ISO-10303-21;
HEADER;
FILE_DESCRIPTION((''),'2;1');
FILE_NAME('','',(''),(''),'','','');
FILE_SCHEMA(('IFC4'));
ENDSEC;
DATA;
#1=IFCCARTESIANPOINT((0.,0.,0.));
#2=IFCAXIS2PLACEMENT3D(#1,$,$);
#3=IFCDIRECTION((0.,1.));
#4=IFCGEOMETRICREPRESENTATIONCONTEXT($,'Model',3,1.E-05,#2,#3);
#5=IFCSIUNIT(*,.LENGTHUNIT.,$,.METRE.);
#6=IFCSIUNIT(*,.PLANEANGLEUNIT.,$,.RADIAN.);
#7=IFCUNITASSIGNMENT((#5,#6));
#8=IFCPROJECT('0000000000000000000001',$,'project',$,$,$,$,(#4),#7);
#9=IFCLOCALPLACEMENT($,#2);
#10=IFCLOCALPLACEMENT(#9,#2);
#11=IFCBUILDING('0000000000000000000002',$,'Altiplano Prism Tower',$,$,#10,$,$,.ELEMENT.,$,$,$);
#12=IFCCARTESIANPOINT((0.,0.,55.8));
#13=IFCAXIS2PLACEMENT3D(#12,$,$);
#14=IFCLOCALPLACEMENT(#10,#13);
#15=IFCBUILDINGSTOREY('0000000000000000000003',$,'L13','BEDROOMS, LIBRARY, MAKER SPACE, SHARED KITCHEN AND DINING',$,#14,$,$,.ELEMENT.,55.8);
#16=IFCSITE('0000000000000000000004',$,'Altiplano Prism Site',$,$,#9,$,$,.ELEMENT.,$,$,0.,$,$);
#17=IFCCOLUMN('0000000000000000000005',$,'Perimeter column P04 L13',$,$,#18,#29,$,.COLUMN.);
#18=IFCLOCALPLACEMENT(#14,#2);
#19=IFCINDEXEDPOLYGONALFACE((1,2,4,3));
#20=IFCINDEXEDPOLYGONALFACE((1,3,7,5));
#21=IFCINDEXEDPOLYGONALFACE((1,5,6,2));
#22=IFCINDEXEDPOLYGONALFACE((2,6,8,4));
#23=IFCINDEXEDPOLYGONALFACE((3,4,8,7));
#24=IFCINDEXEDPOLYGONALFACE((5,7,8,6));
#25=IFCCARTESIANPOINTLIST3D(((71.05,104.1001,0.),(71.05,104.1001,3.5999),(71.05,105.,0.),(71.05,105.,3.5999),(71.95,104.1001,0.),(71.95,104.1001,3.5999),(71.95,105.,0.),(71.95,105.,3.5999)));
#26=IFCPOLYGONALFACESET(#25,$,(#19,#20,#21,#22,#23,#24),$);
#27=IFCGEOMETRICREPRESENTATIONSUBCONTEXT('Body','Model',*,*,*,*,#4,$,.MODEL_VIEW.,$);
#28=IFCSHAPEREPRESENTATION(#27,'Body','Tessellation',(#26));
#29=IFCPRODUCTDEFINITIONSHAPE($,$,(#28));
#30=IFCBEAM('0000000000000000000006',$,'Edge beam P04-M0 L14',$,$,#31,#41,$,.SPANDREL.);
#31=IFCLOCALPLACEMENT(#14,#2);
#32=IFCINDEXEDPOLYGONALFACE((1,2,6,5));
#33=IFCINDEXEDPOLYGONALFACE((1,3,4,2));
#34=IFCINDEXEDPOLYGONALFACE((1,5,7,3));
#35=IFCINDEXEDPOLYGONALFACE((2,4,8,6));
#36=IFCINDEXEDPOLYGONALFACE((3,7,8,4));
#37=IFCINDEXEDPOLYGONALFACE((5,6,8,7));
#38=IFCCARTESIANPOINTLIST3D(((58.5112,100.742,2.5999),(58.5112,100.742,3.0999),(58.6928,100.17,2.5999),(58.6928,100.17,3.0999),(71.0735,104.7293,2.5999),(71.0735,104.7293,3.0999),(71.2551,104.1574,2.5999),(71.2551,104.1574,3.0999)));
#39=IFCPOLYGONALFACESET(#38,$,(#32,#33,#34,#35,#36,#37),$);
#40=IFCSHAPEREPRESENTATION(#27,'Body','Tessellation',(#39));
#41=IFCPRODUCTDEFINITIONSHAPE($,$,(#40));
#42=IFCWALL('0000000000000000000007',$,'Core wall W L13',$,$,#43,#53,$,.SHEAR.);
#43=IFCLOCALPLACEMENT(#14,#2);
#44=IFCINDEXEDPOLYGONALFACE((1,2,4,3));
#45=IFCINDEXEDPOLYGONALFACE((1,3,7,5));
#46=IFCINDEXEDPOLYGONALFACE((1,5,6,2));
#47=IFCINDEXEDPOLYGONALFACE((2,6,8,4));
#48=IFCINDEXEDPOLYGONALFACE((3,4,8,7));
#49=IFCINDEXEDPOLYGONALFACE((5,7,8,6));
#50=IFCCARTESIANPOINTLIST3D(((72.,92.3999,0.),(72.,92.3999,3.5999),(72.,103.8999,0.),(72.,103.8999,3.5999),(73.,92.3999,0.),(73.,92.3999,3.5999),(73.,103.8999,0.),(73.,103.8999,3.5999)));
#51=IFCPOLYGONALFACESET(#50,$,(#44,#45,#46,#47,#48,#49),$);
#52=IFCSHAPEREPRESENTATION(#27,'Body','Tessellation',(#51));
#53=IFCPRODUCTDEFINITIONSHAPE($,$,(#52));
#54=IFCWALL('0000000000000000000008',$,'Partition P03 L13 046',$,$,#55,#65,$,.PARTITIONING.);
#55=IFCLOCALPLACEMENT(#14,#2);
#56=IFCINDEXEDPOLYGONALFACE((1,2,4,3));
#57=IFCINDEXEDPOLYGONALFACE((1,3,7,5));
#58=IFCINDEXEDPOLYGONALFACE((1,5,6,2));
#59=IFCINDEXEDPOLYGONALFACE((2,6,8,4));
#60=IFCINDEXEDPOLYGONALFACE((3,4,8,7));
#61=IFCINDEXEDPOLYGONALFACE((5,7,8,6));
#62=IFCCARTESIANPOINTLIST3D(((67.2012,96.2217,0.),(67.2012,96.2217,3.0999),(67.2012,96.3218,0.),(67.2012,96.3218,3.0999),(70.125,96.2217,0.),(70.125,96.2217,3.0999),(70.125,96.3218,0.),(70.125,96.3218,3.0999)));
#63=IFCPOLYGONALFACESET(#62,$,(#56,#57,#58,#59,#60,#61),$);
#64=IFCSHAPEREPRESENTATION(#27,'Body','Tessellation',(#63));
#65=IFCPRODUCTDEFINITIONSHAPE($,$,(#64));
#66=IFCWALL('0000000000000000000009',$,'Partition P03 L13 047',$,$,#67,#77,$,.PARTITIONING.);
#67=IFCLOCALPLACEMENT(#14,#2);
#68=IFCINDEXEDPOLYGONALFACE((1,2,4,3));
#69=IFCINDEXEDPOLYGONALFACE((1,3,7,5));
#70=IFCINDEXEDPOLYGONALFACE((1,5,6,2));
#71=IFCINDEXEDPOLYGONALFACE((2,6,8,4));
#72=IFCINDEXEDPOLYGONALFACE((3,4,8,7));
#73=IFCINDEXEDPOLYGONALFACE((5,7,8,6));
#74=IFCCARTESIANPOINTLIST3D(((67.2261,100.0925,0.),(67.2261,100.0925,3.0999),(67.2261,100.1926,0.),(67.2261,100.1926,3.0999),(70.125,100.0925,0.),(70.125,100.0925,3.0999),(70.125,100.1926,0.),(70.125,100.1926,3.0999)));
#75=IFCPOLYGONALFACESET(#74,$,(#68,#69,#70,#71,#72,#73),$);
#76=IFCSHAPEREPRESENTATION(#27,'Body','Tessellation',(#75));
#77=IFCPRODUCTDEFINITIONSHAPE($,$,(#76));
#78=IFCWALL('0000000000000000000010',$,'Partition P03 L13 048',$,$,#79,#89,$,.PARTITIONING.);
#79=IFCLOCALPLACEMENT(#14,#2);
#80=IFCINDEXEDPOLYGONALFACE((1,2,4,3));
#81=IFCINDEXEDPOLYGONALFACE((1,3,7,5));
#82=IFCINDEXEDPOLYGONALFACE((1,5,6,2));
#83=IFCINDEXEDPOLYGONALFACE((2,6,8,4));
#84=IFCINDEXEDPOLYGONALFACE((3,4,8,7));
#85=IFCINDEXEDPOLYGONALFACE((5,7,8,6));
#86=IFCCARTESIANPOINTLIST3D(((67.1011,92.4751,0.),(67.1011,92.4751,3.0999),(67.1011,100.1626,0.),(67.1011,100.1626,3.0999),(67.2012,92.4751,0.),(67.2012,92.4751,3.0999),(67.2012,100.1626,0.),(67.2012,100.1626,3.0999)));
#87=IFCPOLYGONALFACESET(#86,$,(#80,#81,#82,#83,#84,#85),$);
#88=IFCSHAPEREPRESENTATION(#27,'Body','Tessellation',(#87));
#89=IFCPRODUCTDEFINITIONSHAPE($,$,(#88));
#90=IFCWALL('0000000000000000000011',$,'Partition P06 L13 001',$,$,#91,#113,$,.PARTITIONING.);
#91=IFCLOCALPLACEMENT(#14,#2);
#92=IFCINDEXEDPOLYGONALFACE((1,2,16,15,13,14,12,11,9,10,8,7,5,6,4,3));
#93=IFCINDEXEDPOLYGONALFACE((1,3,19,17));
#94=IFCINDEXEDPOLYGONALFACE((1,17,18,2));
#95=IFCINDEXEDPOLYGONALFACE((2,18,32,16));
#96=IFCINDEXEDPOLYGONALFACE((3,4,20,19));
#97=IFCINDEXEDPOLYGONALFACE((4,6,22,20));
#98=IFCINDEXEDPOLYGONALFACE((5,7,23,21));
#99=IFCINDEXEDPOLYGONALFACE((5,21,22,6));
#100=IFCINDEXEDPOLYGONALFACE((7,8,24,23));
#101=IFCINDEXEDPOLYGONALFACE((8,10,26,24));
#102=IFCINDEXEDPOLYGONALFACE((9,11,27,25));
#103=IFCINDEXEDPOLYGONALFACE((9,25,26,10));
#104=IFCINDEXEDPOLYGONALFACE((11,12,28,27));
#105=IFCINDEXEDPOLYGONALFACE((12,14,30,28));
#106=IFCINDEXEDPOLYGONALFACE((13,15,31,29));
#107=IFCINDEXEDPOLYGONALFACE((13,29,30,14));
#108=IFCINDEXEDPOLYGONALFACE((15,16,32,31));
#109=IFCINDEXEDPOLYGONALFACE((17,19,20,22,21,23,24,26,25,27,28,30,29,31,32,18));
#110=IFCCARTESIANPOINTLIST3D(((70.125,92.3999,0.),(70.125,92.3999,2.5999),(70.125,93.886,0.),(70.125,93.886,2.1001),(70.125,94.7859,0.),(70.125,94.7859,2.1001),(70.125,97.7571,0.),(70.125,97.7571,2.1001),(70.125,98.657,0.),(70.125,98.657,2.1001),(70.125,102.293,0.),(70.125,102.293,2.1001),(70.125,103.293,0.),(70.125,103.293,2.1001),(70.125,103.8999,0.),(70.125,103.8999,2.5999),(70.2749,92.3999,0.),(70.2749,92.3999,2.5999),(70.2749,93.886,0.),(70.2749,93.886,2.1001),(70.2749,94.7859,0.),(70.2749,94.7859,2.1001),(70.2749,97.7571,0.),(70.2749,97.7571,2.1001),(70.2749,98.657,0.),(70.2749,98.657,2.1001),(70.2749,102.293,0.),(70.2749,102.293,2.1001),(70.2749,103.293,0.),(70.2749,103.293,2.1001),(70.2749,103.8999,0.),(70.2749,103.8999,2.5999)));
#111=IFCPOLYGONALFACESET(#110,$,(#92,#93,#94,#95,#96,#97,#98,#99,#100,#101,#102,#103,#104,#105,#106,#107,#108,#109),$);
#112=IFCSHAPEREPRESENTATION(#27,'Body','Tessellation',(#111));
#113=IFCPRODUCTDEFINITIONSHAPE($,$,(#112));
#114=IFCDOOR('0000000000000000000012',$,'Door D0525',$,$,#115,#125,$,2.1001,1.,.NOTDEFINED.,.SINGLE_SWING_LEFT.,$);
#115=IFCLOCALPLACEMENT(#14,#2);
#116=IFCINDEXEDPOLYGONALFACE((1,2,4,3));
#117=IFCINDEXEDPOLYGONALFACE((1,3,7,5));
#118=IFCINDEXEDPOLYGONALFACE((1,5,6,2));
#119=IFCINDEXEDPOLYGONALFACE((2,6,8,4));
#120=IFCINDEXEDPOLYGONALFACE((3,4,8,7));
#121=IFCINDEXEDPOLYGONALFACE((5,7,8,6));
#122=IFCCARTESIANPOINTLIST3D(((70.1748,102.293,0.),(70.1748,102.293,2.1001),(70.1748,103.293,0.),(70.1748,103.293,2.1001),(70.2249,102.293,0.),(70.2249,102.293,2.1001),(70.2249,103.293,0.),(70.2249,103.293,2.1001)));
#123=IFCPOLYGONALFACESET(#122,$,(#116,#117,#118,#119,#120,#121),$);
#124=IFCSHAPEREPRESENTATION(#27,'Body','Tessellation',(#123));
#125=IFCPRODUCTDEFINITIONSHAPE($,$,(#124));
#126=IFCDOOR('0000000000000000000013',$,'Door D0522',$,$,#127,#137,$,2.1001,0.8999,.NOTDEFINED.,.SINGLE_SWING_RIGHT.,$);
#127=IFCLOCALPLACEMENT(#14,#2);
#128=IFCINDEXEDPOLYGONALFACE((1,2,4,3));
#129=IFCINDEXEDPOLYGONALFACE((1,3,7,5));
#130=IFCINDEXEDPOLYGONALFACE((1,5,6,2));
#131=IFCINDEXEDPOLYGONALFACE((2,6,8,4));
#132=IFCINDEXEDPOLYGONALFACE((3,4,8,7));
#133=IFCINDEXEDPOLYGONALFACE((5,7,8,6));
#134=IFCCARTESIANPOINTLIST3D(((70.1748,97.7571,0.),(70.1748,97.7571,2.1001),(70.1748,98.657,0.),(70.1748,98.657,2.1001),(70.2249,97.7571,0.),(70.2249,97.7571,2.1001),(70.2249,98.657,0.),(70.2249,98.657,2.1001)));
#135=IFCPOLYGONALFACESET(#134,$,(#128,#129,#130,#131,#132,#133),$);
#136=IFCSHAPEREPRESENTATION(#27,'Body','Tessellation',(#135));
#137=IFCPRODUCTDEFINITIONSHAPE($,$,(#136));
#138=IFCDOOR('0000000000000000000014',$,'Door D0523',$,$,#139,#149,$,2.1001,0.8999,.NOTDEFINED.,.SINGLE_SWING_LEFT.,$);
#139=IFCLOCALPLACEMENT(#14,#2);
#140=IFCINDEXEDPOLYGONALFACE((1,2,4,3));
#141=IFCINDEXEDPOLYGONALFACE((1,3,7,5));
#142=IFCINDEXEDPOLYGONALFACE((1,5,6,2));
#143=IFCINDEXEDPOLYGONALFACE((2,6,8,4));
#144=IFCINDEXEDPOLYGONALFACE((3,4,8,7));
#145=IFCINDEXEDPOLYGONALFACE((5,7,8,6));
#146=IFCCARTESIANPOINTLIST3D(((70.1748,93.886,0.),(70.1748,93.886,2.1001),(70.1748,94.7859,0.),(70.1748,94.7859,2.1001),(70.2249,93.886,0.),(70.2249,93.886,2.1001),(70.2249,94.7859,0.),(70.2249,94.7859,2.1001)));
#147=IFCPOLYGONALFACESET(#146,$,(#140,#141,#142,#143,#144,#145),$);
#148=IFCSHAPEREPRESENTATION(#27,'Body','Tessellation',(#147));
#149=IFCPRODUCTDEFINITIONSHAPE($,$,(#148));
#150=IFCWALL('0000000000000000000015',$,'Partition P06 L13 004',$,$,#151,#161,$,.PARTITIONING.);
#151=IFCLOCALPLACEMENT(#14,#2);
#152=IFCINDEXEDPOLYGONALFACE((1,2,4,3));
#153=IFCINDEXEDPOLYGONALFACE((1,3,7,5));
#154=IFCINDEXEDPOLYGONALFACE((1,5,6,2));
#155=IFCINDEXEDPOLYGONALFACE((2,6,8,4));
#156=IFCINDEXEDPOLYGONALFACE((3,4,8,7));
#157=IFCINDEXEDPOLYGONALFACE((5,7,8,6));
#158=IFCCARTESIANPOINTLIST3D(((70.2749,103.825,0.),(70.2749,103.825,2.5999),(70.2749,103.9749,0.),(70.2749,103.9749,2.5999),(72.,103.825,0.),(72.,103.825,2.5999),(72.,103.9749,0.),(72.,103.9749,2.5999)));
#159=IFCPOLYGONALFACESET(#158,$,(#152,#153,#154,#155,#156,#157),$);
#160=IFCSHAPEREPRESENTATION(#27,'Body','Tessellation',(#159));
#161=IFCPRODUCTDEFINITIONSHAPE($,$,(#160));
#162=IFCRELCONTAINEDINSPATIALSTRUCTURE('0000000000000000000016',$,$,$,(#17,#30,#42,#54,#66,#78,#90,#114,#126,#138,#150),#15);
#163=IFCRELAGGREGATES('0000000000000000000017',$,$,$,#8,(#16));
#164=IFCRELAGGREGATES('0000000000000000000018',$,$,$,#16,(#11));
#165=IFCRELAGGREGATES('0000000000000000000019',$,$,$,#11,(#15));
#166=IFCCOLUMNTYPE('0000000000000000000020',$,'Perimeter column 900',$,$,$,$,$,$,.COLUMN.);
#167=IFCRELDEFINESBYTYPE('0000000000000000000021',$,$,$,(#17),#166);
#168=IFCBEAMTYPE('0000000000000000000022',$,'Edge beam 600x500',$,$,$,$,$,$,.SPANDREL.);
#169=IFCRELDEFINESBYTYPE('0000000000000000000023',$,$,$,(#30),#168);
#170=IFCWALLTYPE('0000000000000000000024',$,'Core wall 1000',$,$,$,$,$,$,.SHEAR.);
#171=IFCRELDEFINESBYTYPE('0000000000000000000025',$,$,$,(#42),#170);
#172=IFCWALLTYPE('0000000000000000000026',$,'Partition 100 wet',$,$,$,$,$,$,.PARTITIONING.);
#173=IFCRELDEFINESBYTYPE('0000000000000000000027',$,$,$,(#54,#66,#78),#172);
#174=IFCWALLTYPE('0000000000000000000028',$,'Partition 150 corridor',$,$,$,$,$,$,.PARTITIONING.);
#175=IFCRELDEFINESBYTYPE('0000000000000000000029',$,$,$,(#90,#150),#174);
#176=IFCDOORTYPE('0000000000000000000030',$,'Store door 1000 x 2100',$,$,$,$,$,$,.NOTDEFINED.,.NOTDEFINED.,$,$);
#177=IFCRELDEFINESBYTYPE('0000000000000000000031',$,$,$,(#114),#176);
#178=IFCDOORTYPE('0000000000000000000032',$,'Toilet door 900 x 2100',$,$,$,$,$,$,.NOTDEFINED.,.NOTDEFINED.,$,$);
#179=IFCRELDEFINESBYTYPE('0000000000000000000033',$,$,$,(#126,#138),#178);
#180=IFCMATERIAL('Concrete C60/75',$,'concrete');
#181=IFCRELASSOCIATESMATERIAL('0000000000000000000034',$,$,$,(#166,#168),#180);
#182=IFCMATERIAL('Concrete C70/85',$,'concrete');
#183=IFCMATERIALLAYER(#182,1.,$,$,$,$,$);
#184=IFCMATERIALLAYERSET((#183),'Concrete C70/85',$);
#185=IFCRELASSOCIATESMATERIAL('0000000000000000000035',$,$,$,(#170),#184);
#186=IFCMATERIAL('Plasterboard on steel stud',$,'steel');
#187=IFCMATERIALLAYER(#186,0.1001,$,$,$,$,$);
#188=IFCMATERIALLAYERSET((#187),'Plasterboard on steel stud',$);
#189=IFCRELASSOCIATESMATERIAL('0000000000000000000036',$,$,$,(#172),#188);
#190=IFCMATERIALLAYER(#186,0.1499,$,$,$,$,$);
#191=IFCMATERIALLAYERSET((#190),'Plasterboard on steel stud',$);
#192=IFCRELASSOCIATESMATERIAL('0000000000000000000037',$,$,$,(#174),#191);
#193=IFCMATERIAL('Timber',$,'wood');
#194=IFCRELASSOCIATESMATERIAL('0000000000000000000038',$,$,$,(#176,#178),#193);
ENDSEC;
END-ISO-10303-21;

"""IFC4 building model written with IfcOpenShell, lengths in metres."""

from ifc_helpers import new_model, si_unit, direction, frame, frame_2d, origin, origin_2d, place, context, subcontext, project, spatial, rectangle, extrude, material, layer, layer_set, material_profile, profile_set, type_object, element, fill, save


model = new_model("IFC4")

# Units and contexts
model_context = context("Model", 3, precision=1e-05, world=origin(), true_north=direction((0.0, 1.0)))
body_context = subcontext(model_context, "Body", "Model", "MODEL_VIEW")
ifc_project = project(units=[si_unit("LENGTHUNIT", "METRE"), si_unit("PLANEANGLEUNIT", "RADIAN")], contexts=[model_context])

# Site, building, storey
site_placement = place(None, origin())
site = spatial("IfcSite", under=ifc_project, at=site_placement, Name="Altiplano Prism Site", CompositionType="ELEMENT", RefElevation=0.0)
building_placement = place(site_placement, origin())
building = spatial("IfcBuilding", under=site, at=building_placement, Name="Altiplano Prism Tower", CompositionType="ELEMENT")
storey_placement = place(building_placement, frame((0.0, 0.0, 55.8)))
storey = spatial("IfcBuildingStorey", under=building, at=storey_placement, Name="L13", Description="BEDROOMS, LIBRARY, MAKER SPACE, SHARED KITCHEN AND DINING", CompositionType="ELEMENT", Elevation=55.8)

# Column
ifc_material_1 = material(Name="Concrete C60/75", Category="concrete")
ifc_material_profile_1 = material_profile(ifc_material_1, rectangle(XDim=0.8999, YDim=0.8999, at=origin_2d()), Name="Perimeter column 900")
ifc_profile_set_1 = profile_set([ifc_material_profile_1], Name="Concrete C60/75")
column_type = type_object("IfcColumnType", Name="Perimeter column 900", PredefinedType="COLUMN", material=ifc_profile_set_1)
column_placement = place(storey_placement, frame((71.5, 104.55, 0.0), z_axis=(0.0, 0.0, 1.0), x_axis=(1.0, 0.0, 0.0)))
element("IfcColumn", 1, at=column_placement, inside=storey, type_object=column_type, Name="Perimeter column P04 L13", PredefinedType="COLUMN", context=body_context, shape_type="SweptSolid", body=[
    extrude(rectangle(XDim=0.8999, YDim=0.8999, at=origin_2d()), origin(), (0.0, 0.0, 1.0), 3.5999),
])

# Beam
ifc_material_profile_2 = material_profile(ifc_material_1, rectangle(XDim=0.6001, YDim=0.5, at=origin_2d()), Name="Edge beam 600x500")
ifc_profile_set_2 = profile_set([ifc_material_profile_2], Name="Concrete C60/75")
beam_type = type_object("IfcBeamType", Name="Edge beam 600x500", PredefinedType="SPANDREL", material=ifc_profile_set_2)
beam_placement = place(storey_placement, frame((71.1643, 104.4434, 2.8499), z_axis=(-0.95314, -0.30253, 0.0), x_axis=(0.30253, -0.95314, 0.0)))
element("IfcBeam", 2, at=beam_placement, inside=storey, type_object=beam_type, Name="Edge beam P04-M0 L14", PredefinedType="SPANDREL", context=body_context, shape_type="SweptSolid", body=[
    extrude(rectangle(XDim=0.6001, YDim=0.5, at=origin_2d()), origin(), (0.0, 0.0, 1.0), 13.1799),
])

# Walls
ifc_material_2 = material(Name="Concrete C70/85", Category="concrete")
ifc_layer_1 = layer(ifc_material_2, 1.0)
ifc_layer_set_1 = layer_set([ifc_layer_1], Name="Concrete C70/85")
wall_type_1 = type_object("IfcWallType", Name="Core wall 1000", PredefinedType="SHEAR", material=ifc_layer_set_1)
wall_1_placement = place(storey_placement, frame((72.5, 103.8999, 0.0), z_axis=(0.0, 0.0, 1.0), x_axis=(0.0, -1.0, 0.0)))
element("IfcWall", 3, at=wall_1_placement, inside=storey, type_object=wall_type_1, Name="Core wall W L13", PredefinedType="SHEAR", context=body_context, shape_type="SweptSolid", body=[
    extrude(rectangle(XDim=11.5, YDim=1.0, at=frame_2d((5.75, 0.0))), origin(), (0.0, 0.0, 1.0), 3.5999),
])
ifc_material_3 = material(Name="Plasterboard on steel stud", Category="steel")
ifc_layer_2 = layer(ifc_material_3, 0.1001)
ifc_layer_set_2 = layer_set([ifc_layer_2], Name="Plasterboard on steel stud")
wall_type_2 = type_object("IfcWallType", Name="Partition 100 wet", PredefinedType="PARTITIONING", material=ifc_layer_set_2)
wall_2_placement = place(storey_placement, frame((67.2012, 96.2717, 0.0), z_axis=(0.0, 0.0, 1.0), x_axis=(1.0, 0.0, 0.0)))
element("IfcWall", 4, at=wall_2_placement, inside=storey, type_object=wall_type_2, Name="Partition P03 L13 046", PredefinedType="PARTITIONING", context=body_context, shape_type="SweptSolid", body=[
    extrude(rectangle(XDim=2.9238, YDim=0.1001, at=frame_2d((1.4619, 0.0))), origin(), (0.0, 0.0, 1.0), 3.0999),
])
wall_3_placement = place(storey_placement, frame((70.125, 100.1426, 0.0), z_axis=(0.0, 0.0, 1.0), x_axis=(-1.0, 0.0, 0.0)))
element("IfcWall", 5, at=wall_3_placement, inside=storey, type_object=wall_type_2, Name="Partition P03 L13 047", PredefinedType="PARTITIONING", context=body_context, shape_type="SweptSolid", body=[
    extrude(rectangle(XDim=2.8989, YDim=0.1001, at=frame_2d((1.4495, 0.0))), origin(), (0.0, 0.0, 1.0), 3.0999),
])
wall_4_placement = place(storey_placement, frame((67.1511, 100.1626, 0.0), z_axis=(0.0, 0.0, 1.0), x_axis=(0.0, -1.0, 0.0)))
element("IfcWall", 6, at=wall_4_placement, inside=storey, type_object=wall_type_2, Name="Partition P03 L13 048", PredefinedType="PARTITIONING", context=body_context, shape_type="SweptSolid", body=[
    extrude(rectangle(XDim=7.6875, YDim=0.1001, at=frame_2d((3.8438, 0.0))), origin(), (0.0, 0.0, 1.0), 3.0999),
])

# Wall, openings, doors
ifc_layer_3 = layer(ifc_material_3, 0.1499)
ifc_layer_set_3 = layer_set([ifc_layer_3], Name="Plasterboard on steel stud")
wall_type_3 = type_object("IfcWallType", Name="Partition 150 corridor", PredefinedType="PARTITIONING", material=ifc_layer_set_3)
wall_5_placement = place(storey_placement, frame((70.2, 103.8999, 0.0), z_axis=(0.0, 0.0, 1.0), x_axis=(0.0, -1.0, 0.0)))
wall_5 = element("IfcWall", 7, at=wall_5_placement, inside=storey, type_object=wall_type_3, Name="Partition P06 L13 001", PredefinedType="PARTITIONING", context=body_context, shape_type="SweptSolid", body=[
    extrude(rectangle(XDim=11.5, YDim=0.1499, at=frame_2d((5.75, 0.0))), origin(), (0.0, 0.0, 1.0), 2.5999),
])
opening_1_placement = place(wall_5_placement, frame((5.2429, 0.0, 0.0)))
opening_1 = element("IfcOpeningElement", 8, at=opening_1_placement, cuts=wall_5, PredefinedType="OPENING", context=body_context, shape_type="SweptSolid", body=[
    extrude(rectangle(XDim=0.8999, YDim=2.1001, at=frame_2d((0.45, 1.05))), frame((0.0, 0.0854, 0.0), z_axis=(0.0, -1.0, 0.0), x_axis=(1.0, 0.0, 0.0)), (0.0, 0.0, 1.0), 0.1709),
])
opening_2_placement = place(wall_5_placement, frame((9.114, 0.0, 0.0)))
opening_2 = element("IfcOpeningElement", 9, at=opening_2_placement, cuts=wall_5, PredefinedType="OPENING", context=body_context, shape_type="SweptSolid", body=[
    extrude(rectangle(XDim=0.8999, YDim=2.1001, at=frame_2d((0.45, 1.05))), frame((0.0, 0.0854, 0.0), z_axis=(0.0, -1.0, 0.0), x_axis=(1.0, 0.0, 0.0)), (0.0, 0.0, 1.0), 0.1709),
])
opening_3_placement = place(wall_5_placement, frame((0.6069, 0.0, 0.0)))
opening_3 = element("IfcOpeningElement", 10, at=opening_3_placement, cuts=wall_5, PredefinedType="OPENING", context=body_context, shape_type="SweptSolid", body=[
    extrude(rectangle(XDim=1.0, YDim=2.1001, at=frame_2d((0.5, 1.05))), frame((0.0, 0.0854, 0.0), z_axis=(0.0, -1.0, 0.0), x_axis=(1.0, 0.0, 0.0)), (0.0, 0.0, 1.0), 0.1709),
])
ifc_material_4 = material(Name="Timber", Category="wood")
door_type_1 = type_object("IfcDoorType", Name="Store door 1000 x 2100", OperationType="NOTDEFINED", PredefinedType="NOTDEFINED", material=ifc_material_4)
door_1_placement = place(opening_3_placement, origin())
door_1 = element("IfcDoor", 11, at=door_1_placement, inside=storey, type_object=door_type_1, Name="Door D0525", OperationType="SINGLE_SWING_LEFT", OverallHeight=2.1001, OverallWidth=1.0, PredefinedType="NOTDEFINED", context=body_context, shape_type="SweptSolid", body=[
    extrude(rectangle(XDim=1.0, YDim=2.1001, at=frame_2d((0.5, 1.05))), frame((0.0, 0.0249, 0.0), z_axis=(0.0, -1.0, 0.0), x_axis=(1.0, 0.0, 0.0)), (0.0, 0.0, 1.0), 0.05),
])
fill(opening_3, door_1)
door_type_2 = type_object("IfcDoorType", Name="Toilet door 900 x 2100", OperationType="NOTDEFINED", PredefinedType="NOTDEFINED", material=ifc_material_4)
door_2_placement = place(opening_1_placement, origin())
door_2 = element("IfcDoor", 12, at=door_2_placement, inside=storey, type_object=door_type_2, Name="Door D0522", OperationType="SINGLE_SWING_RIGHT", OverallHeight=2.1001, OverallWidth=0.8999, PredefinedType="NOTDEFINED", context=body_context, shape_type="SweptSolid", body=[
    extrude(rectangle(XDim=0.8999, YDim=2.1001, at=frame_2d((0.45, 1.05))), frame((0.0, 0.0249, 0.0), z_axis=(0.0, -1.0, 0.0), x_axis=(1.0, 0.0, 0.0)), (0.0, 0.0, 1.0), 0.05),
])
fill(opening_1, door_2)
door_3_placement = place(opening_2_placement, origin())
door_3 = element("IfcDoor", 13, at=door_3_placement, inside=storey, type_object=door_type_2, Name="Door D0523", OperationType="SINGLE_SWING_LEFT", OverallHeight=2.1001, OverallWidth=0.8999, PredefinedType="NOTDEFINED", context=body_context, shape_type="SweptSolid", body=[
    extrude(rectangle(XDim=0.8999, YDim=2.1001, at=frame_2d((0.45, 1.05))), frame((0.0, 0.0249, 0.0), z_axis=(0.0, -1.0, 0.0), x_axis=(1.0, 0.0, 0.0)), (0.0, 0.0, 1.0), 0.05),
])
fill(opening_2, door_3)

# Wall
wall_6_placement = place(storey_placement, frame((72.0, 103.8999, 0.0), z_axis=(0.0, 0.0, 1.0), x_axis=(-1.0, 0.0, 0.0)))
element("IfcWall", 14, at=wall_6_placement, inside=storey, type_object=wall_type_3, Name="Partition P06 L13 004", PredefinedType="PARTITIONING", context=body_context, shape_type="SweptSolid", body=[
    extrude(rectangle(XDim=1.7251, YDim=0.1499, at=frame_2d((0.8625, 0.0))), origin(), (0.0, 0.0, 1.0), 2.5999),
])

save(model, "model.ifc")
